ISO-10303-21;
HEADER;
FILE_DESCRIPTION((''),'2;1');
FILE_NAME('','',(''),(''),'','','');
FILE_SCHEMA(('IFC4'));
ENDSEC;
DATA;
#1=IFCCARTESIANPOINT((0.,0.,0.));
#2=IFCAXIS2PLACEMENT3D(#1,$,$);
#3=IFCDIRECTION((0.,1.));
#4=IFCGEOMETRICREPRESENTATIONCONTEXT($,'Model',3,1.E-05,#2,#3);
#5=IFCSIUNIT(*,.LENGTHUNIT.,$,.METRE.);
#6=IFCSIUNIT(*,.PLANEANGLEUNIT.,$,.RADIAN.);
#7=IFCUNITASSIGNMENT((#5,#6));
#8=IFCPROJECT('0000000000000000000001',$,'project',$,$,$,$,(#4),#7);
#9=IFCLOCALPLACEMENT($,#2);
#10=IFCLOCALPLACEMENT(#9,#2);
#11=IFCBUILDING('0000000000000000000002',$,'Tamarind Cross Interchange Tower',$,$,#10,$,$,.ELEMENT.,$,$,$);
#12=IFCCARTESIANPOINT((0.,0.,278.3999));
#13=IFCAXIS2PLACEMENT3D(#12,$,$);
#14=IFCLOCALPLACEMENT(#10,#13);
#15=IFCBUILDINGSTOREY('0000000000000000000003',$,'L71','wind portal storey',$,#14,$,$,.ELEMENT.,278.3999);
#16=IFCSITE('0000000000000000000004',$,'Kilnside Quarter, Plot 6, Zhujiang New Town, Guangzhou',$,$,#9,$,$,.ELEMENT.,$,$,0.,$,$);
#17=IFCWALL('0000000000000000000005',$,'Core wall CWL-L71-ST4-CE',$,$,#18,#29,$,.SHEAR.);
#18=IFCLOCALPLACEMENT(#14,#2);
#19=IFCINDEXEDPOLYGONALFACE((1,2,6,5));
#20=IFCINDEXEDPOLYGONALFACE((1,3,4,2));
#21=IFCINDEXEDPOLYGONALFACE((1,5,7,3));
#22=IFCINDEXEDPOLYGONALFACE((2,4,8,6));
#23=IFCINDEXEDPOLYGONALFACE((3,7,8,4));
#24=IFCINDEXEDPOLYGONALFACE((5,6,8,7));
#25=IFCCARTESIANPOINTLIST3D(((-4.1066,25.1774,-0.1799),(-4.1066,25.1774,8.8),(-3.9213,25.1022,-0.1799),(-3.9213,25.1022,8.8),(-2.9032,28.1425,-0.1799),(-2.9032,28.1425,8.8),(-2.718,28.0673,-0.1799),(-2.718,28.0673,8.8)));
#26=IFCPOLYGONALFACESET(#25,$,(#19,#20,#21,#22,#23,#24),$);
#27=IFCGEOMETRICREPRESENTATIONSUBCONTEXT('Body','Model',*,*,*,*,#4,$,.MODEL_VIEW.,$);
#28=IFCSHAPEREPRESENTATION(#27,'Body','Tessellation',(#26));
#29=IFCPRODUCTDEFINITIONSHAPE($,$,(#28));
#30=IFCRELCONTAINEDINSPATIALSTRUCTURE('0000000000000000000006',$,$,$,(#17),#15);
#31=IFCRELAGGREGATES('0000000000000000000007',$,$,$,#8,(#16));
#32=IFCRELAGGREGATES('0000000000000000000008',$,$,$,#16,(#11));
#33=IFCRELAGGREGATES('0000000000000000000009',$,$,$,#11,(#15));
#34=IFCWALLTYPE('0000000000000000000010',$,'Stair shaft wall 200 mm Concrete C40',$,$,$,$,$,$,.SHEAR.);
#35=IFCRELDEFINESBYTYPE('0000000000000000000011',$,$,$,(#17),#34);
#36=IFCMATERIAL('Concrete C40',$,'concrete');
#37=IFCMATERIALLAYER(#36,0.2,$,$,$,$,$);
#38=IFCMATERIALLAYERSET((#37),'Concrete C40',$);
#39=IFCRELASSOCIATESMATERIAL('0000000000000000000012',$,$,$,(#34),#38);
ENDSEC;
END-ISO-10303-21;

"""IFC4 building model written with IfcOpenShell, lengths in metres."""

from ifc_helpers import new_model, si_unit, direction, frame, frame_2d, origin, place, context, subcontext, project, spatial, rectangle, extrude, material, layer, layer_set, type_object, element, save


model = new_model("IFC4")

# Units and contexts
model_context = context("Model", 3, precision=1e-05, world=origin(), true_north=direction((0.0, 1.0)))
body_context = subcontext(model_context, "Body", "Model", "MODEL_VIEW")
ifc_project = project(units=[si_unit("LENGTHUNIT", "METRE"), si_unit("PLANEANGLEUNIT", "RADIAN")], contexts=[model_context])

# Site, building, storey
site_placement = place(None, origin())
site = spatial("IfcSite", under=ifc_project, at=site_placement, Name="Kilnside Quarter, Plot 6, Zhujiang New Town, Guangzhou", CompositionType="ELEMENT", RefElevation=0.0)
building_placement = place(site_placement, origin())
building = spatial("IfcBuilding", under=site, at=building_placement, Name="Tamarind Cross Interchange Tower", CompositionType="ELEMENT")
storey_placement = place(building_placement, frame((0.0, 0.0, 278.3999)))
storey = spatial("IfcBuildingStorey", under=building, at=storey_placement, Name="L71", Description="wind portal storey", CompositionType="ELEMENT", Elevation=278.3999)

# Shared definitions
ifc_material_1 = material(Name="Concrete C40", Category="concrete")
ifc_layer = layer(ifc_material_1, 0.2)
ifc_layer_set = layer_set([ifc_layer], Name="Concrete C40")
wall_type = type_object("IfcWallType", Name="Stair shaft wall 200 mm Concrete C40", PredefinedType="SHEAR", material=ifc_layer_set)

# Wall
wall_1_placement = place(storey_placement, frame((-2.8105, 28.105, -0.1799), z_axis=(0.0, 0.0, 1.0), x_axis=(-0.376056, -0.926597, 0.0)))
element("IfcWall", 1, at=wall_1_placement, inside=storey, type_object=wall_type, Name="Core wall CWL-L71-ST4-CE", PredefinedType="SHEAR", context=body_context, shape_type="SweptSolid", body=[
    extrude(rectangle(XDim=3.2, YDim=0.2, at=frame_2d((1.6001, 0.0))), origin(), (0.0, 0.0, 1.0), 8.98),
])

save(model, "model.ifc")
